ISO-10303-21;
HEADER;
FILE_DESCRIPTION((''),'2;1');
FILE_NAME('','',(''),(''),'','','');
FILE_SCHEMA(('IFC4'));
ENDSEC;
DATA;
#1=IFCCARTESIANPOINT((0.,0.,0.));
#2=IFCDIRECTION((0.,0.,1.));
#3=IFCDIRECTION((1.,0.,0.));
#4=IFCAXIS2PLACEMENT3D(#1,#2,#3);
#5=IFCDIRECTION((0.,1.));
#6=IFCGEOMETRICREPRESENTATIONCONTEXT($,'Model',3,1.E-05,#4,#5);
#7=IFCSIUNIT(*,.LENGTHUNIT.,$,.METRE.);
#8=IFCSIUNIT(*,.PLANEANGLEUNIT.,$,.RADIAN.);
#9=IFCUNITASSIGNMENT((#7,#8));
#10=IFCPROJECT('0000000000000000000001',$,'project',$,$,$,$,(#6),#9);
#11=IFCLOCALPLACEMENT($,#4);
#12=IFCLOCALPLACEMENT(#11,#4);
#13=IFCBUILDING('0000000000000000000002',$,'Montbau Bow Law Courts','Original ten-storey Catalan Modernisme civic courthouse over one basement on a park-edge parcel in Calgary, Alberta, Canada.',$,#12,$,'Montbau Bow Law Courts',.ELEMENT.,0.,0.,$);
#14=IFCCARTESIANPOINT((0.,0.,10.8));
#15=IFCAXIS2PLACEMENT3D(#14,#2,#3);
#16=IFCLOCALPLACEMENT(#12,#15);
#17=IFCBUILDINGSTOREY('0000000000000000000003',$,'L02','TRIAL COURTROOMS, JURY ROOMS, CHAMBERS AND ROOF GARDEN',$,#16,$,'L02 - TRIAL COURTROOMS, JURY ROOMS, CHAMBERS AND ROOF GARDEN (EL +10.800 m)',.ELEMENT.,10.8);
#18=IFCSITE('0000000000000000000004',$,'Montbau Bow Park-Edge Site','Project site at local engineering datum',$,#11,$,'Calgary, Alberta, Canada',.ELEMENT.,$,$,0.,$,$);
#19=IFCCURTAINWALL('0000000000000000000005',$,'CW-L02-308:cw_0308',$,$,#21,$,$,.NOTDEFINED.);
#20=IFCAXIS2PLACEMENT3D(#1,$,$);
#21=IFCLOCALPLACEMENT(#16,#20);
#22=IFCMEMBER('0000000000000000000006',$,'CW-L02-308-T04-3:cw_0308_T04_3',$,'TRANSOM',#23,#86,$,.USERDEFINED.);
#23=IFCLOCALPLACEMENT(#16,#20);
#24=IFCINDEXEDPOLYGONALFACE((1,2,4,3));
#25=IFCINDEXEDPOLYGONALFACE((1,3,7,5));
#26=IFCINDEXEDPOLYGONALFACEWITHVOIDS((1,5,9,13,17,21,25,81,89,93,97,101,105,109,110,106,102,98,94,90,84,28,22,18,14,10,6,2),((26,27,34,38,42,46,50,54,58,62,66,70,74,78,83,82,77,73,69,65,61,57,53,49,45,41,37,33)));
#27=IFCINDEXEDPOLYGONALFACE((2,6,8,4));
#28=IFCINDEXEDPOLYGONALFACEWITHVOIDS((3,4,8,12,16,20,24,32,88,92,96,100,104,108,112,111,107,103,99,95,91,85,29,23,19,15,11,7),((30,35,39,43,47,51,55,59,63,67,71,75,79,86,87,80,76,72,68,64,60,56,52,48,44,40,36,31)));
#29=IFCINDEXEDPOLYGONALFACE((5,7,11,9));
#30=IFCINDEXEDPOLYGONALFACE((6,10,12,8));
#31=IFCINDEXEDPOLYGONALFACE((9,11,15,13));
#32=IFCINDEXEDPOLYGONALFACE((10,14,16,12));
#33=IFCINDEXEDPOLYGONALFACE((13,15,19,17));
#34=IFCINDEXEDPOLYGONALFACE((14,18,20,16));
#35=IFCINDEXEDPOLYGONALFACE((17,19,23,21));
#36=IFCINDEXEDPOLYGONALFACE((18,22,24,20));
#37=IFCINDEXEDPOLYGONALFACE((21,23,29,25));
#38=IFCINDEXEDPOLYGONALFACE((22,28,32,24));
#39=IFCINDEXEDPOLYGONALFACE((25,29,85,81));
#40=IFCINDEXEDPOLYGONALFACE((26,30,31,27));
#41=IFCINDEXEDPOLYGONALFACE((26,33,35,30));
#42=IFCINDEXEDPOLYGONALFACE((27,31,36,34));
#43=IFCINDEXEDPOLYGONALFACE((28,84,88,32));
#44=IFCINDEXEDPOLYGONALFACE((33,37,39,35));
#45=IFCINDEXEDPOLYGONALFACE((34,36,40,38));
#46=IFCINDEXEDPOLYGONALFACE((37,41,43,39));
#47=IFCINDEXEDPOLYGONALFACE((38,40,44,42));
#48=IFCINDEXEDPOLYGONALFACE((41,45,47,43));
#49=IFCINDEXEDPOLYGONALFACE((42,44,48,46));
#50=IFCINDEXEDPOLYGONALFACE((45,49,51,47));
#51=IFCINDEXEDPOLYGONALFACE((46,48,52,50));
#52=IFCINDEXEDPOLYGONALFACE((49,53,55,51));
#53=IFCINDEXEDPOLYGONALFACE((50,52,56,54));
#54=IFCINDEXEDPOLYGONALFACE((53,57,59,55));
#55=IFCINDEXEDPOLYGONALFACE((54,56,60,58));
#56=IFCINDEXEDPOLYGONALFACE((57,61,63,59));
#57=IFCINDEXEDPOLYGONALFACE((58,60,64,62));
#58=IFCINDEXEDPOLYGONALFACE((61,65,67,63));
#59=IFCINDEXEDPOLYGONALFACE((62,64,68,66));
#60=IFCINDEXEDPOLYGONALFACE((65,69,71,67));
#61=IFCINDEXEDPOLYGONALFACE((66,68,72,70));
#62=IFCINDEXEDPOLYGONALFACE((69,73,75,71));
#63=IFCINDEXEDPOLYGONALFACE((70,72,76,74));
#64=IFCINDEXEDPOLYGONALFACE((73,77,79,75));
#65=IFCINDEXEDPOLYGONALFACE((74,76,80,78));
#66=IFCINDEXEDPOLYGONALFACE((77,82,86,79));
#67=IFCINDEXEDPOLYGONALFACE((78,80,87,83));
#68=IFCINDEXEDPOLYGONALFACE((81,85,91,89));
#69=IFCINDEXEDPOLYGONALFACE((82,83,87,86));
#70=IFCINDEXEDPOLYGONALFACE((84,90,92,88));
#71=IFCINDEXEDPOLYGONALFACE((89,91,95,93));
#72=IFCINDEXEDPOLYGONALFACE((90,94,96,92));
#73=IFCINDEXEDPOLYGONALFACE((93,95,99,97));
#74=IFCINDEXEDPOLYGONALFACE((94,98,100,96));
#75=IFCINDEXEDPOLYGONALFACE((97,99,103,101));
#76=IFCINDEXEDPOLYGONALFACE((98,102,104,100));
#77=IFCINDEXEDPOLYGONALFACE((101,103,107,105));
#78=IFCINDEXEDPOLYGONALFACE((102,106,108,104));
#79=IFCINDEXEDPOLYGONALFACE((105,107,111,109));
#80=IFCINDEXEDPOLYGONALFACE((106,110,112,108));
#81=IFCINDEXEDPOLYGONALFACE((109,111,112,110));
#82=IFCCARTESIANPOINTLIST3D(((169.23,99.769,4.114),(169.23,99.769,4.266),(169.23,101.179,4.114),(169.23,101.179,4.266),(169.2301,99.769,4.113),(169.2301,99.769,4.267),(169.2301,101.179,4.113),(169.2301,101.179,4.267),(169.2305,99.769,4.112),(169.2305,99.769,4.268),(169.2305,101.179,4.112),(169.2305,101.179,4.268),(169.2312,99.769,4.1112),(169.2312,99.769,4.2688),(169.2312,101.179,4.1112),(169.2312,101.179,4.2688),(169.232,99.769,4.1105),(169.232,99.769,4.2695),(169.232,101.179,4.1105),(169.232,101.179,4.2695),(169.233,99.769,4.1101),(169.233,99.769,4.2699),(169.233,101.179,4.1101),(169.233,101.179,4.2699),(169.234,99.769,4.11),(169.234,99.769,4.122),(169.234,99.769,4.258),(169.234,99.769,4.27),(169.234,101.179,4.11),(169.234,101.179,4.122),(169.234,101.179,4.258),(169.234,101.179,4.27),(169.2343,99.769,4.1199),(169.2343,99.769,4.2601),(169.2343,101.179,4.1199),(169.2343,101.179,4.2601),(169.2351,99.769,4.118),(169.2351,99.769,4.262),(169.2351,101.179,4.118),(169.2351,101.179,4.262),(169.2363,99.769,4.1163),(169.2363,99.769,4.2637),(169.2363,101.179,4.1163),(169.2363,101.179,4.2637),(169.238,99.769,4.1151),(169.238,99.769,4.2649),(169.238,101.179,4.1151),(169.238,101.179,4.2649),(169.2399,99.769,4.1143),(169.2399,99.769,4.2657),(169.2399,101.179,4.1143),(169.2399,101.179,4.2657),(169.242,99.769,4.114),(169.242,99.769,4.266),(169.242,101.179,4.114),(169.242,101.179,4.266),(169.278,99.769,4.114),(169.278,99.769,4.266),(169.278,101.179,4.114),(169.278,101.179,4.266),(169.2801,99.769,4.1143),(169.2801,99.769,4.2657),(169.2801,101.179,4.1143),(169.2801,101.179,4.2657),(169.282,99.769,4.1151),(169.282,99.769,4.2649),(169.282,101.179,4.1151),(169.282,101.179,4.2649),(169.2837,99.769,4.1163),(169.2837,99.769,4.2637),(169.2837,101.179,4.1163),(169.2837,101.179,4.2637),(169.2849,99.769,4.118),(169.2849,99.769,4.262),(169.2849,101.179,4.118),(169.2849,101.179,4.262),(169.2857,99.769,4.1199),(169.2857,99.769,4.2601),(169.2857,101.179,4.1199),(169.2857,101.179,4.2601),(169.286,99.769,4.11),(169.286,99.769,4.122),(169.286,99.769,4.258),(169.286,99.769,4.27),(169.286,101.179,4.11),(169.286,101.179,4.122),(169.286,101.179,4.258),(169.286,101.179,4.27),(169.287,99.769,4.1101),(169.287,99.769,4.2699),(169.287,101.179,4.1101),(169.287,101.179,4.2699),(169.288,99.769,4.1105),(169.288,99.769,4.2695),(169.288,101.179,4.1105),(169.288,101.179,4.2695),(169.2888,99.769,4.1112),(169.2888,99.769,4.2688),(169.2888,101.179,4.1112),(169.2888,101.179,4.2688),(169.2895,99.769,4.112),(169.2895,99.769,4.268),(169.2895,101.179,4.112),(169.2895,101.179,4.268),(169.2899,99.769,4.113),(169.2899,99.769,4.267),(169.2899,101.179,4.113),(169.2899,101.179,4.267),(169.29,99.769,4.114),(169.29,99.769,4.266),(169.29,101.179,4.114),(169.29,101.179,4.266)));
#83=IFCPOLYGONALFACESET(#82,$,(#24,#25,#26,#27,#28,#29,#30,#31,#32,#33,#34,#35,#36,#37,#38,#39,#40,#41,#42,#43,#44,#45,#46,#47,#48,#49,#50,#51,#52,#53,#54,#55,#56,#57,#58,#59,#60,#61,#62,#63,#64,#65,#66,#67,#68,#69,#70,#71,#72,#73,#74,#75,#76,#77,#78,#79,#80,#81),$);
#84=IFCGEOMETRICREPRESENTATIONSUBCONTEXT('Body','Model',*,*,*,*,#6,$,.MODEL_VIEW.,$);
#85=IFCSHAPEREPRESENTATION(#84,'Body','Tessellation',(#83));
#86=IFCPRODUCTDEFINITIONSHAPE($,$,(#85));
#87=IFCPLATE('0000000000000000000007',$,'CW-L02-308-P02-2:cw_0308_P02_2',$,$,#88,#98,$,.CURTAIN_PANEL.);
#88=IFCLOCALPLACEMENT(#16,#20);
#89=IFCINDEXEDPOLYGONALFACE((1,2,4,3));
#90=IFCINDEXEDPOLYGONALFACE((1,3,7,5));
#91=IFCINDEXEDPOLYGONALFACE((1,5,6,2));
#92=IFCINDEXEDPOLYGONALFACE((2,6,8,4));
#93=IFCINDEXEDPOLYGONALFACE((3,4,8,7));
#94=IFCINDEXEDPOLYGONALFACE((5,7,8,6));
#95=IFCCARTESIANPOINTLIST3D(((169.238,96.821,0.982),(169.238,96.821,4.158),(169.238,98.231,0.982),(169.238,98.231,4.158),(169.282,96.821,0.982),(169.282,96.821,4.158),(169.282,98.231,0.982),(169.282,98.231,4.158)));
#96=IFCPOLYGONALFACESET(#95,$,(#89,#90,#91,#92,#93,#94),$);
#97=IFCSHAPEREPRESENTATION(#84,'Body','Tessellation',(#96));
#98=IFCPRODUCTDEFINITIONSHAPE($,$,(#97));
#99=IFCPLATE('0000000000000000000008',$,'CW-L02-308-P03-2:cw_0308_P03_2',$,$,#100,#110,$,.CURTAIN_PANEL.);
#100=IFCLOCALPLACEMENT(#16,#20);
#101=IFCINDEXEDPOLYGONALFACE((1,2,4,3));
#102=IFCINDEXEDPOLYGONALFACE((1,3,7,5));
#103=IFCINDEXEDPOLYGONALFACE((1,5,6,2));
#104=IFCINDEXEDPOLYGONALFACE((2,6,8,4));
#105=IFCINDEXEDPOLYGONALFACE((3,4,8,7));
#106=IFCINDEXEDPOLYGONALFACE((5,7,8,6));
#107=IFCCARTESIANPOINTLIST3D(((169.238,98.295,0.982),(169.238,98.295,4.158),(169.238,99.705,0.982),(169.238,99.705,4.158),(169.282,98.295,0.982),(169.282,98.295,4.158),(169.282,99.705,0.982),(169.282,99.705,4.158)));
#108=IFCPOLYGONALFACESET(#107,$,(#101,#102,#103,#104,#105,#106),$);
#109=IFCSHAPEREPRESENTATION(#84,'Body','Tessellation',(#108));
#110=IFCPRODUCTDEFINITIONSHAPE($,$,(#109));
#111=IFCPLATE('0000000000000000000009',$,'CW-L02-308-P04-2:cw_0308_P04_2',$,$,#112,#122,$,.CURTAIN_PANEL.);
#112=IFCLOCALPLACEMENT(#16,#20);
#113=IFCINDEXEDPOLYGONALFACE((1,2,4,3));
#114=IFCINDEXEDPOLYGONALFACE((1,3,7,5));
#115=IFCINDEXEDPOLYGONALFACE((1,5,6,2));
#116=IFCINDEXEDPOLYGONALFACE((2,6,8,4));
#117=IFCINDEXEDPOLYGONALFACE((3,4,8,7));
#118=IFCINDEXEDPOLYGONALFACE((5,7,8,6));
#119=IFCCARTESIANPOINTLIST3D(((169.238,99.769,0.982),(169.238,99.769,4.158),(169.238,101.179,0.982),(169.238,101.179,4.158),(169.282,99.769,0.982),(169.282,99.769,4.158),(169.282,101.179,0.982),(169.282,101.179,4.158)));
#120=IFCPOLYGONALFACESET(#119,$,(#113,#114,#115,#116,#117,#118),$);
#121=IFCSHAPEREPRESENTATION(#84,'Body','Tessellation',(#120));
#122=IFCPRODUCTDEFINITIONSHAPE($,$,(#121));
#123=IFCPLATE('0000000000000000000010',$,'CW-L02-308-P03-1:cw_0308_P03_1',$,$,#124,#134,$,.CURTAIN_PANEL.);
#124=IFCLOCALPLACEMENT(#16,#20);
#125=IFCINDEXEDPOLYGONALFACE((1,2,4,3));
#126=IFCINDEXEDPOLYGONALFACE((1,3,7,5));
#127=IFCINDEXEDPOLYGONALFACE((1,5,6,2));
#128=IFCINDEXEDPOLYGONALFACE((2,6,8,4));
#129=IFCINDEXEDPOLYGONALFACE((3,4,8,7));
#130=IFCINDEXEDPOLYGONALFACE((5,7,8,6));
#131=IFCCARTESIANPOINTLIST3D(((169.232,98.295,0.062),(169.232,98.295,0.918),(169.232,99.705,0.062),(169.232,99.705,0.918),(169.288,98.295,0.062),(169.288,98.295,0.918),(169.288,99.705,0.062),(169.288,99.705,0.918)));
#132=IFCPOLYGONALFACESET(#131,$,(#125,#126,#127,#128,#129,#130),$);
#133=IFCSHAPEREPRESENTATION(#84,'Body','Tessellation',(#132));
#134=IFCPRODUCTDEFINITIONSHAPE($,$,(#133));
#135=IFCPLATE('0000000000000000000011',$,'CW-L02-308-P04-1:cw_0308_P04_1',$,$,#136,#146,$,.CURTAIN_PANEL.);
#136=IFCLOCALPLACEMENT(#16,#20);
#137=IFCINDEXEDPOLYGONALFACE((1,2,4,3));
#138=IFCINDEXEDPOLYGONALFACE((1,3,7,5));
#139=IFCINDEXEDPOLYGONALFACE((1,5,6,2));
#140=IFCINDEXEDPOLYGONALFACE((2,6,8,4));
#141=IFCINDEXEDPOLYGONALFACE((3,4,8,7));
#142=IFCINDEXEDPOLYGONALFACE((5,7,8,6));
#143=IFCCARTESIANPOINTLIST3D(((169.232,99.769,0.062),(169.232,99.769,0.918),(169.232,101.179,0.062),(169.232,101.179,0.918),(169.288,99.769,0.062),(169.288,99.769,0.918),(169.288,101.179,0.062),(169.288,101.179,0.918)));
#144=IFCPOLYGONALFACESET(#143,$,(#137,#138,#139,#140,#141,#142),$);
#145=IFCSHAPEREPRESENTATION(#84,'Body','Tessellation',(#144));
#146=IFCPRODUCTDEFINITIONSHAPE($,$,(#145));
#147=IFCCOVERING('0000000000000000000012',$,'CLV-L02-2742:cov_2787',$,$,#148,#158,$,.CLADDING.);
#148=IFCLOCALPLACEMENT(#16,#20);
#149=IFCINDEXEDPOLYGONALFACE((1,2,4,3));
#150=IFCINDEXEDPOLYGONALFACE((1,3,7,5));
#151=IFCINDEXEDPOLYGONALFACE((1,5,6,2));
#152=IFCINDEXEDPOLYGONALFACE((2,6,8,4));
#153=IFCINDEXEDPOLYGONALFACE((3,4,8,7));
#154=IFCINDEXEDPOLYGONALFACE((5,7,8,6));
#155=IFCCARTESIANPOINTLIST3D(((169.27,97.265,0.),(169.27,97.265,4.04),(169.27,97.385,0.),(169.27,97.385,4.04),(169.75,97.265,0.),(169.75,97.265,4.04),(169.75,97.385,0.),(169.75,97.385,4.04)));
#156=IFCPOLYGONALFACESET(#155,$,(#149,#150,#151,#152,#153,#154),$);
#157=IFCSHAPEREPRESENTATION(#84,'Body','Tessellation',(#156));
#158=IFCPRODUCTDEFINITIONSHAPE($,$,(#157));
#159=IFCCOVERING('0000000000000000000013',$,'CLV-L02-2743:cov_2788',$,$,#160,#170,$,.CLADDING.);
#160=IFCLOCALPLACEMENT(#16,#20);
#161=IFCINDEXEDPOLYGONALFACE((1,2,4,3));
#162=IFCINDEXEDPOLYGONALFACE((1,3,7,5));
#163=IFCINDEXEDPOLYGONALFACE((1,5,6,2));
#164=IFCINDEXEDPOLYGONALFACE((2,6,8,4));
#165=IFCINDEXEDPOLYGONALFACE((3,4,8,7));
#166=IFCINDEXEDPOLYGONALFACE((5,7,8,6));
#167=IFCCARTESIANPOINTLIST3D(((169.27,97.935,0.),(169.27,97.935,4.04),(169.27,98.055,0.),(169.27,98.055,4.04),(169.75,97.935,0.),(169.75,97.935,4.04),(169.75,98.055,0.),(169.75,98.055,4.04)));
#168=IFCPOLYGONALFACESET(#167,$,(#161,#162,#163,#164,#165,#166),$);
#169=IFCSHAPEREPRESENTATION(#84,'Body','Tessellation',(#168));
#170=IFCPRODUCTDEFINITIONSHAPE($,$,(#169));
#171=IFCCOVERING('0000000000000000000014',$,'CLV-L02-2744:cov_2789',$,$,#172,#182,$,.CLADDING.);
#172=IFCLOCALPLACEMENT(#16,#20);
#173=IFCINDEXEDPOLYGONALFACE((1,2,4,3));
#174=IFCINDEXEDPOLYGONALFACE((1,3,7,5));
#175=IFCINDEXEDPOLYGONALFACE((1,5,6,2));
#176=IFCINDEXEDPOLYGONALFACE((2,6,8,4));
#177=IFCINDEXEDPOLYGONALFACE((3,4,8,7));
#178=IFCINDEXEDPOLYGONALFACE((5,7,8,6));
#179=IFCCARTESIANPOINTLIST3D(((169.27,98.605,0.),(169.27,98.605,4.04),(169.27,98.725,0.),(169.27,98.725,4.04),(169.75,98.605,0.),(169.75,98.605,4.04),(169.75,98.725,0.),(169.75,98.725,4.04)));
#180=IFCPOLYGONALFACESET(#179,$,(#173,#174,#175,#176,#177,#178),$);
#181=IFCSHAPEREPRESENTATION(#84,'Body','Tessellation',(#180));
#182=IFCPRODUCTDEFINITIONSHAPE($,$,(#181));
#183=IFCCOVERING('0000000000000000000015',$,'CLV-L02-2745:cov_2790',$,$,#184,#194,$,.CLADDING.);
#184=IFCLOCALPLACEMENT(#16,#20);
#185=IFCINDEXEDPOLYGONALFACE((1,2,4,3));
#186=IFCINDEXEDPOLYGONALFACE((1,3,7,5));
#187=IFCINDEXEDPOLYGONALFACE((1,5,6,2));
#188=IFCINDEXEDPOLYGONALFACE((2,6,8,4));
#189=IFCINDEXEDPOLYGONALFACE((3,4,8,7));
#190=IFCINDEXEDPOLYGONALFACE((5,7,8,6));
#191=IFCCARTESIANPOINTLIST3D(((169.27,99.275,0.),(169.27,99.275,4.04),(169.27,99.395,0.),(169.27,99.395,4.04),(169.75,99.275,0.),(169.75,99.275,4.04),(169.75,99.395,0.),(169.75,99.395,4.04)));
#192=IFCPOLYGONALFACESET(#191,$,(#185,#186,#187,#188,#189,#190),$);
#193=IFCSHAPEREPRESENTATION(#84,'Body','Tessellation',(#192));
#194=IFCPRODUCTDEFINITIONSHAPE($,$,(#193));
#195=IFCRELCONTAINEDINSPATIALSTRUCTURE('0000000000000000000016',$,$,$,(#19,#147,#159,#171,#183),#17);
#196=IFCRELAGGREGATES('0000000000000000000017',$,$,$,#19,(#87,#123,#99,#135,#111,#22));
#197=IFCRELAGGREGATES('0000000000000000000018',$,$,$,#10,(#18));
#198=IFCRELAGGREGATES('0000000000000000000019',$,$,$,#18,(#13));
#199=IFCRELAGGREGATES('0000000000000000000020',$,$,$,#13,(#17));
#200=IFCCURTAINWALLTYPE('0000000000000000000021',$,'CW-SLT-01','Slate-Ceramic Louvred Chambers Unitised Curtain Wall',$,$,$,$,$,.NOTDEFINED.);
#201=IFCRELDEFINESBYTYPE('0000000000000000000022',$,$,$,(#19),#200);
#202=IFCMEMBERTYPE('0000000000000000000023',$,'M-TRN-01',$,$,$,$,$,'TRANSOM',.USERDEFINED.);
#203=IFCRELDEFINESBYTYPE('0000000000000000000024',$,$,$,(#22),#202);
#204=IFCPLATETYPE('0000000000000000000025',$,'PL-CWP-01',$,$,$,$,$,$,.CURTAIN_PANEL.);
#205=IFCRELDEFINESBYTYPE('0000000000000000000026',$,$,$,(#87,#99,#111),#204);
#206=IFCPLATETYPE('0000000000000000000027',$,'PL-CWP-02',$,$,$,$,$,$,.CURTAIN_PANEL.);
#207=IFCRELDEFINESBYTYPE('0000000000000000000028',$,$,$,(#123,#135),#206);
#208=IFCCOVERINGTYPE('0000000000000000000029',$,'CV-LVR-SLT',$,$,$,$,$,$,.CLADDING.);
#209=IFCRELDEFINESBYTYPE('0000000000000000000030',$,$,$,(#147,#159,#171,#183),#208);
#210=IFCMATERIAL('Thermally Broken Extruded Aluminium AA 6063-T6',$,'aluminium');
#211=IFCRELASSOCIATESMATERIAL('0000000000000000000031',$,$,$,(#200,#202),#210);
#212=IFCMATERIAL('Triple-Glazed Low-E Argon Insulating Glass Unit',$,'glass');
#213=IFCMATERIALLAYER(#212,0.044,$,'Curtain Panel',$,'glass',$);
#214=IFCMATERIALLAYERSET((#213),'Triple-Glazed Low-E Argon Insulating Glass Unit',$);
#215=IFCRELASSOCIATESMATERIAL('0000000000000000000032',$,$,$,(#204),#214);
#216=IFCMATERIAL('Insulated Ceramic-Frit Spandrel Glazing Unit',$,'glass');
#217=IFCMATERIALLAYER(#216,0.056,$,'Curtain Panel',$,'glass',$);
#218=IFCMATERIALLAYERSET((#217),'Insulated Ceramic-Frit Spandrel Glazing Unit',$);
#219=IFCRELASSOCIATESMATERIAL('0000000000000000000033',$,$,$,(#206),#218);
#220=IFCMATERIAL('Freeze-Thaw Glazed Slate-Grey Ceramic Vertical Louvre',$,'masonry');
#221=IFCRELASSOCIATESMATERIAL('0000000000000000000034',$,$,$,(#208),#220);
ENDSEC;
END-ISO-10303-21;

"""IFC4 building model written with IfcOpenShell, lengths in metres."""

from ifc_helpers import new_model, si_unit, direction, frame, frame_2d, origin_with_axes, origin_2d_with_axis, place, context, subcontext, project, spatial, rectangle, hollow_rectangle, extrude, material, layer, layer_set, material_profile, profile_set, type_object, element, aggregate, save


model = new_model("IFC4")

# Units and contexts
model_context = context("Model", 3, precision=1e-05, world=origin_with_axes(), true_north=direction((0.0, 1.0)))
body_context = subcontext(model_context, "Body", "Model", "MODEL_VIEW")
ifc_project = project(units=[si_unit("LENGTHUNIT", "METRE"), si_unit("PLANEANGLEUNIT", "RADIAN")], contexts=[model_context])

# Site, building, storey
site_placement = place(None, origin_with_axes())
site = spatial("IfcSite", under=ifc_project, at=site_placement, Name="Montbau Bow Park-Edge Site", Description="Project site at local engineering datum", LongName="Calgary, Alberta, Canada", CompositionType="ELEMENT", RefElevation=0.0)
building_placement = place(site_placement, origin_with_axes())
building = spatial("IfcBuilding", under=site, at=building_placement, Name="Montbau Bow Law Courts", Description="Original ten-storey Catalan Modernisme civic courthouse over one basement on a park-edge parcel in Calgary, Alberta, Canada.", LongName="Montbau Bow Law Courts", CompositionType="ELEMENT", ElevationOfRefHeight=0.0, ElevationOfTerrain=0.0)
storey_placement = place(building_placement, frame((0.0, 0.0, 10.8), z_axis=(0.0, 0.0, 1.0), x_axis=(1.0, 0.0, 0.0)))
storey = spatial("IfcBuildingStorey", under=building, at=storey_placement, Name="L02", Description="TRIAL COURTROOMS, JURY ROOMS, CHAMBERS AND ROOF GARDEN", LongName="L02 - TRIAL COURTROOMS, JURY ROOMS, CHAMBERS AND ROOF GARDEN (EL +10.800 m)", CompositionType="ELEMENT", Elevation=10.8)

# Curtain wall, member, plates
ifc_material_1 = material(Name="Thermally Broken Extruded Aluminium AA 6063-T6", Category="aluminium")
curtain_wall_type = type_object("IfcCurtainWallType", Name="CW-SLT-01", Description="Slate-Ceramic Louvred Chambers Unitised Curtain Wall", PredefinedType="NOTDEFINED", material=ifc_material_1)
curtain_wall_placement = place(None, frame((169.26, 95.315, 10.8), z_axis=(0.0, 0.0, 1.0), x_axis=(1.0, 0.0, 0.0)))
curtain_wall = element("IfcCurtainWall", 1, at=curtain_wall_placement, inside=storey, type_object=curtain_wall_type, Name="CW-L02-308:cw_0308", PredefinedType="NOTDEFINED")
ifc_material_profile_1 = material_profile(ifc_material_1, hollow_rectangle(XDim=0.06, YDim=0.16, WallThickness=0.004, InnerFilletRadius=0.008, OuterFilletRadius=0.004, at=origin_2d_with_axis()), Name="CWT-160X60", Category="Main", Priority=0)
ifc_profile_set_1 = profile_set([ifc_material_profile_1], Name="Thermally Broken Extruded Aluminium AA 6063-T6")
member_type_1 = type_object("IfcMemberType", Name="M-TRN-01", ElementType="TRANSOM", PredefinedType="USERDEFINED", material=ifc_profile_set_1)
member_1_placement = place(None, frame((169.26, 99.769, 14.99), z_axis=(0.0, 1.0, 0.0), x_axis=(-1.0, 0.0, 0.0)))
member_1 = element("IfcMember", 2, at=member_1_placement, type_object=member_type_1, Name="CW-L02-308-T04-3:cw_0308_T04_3", ObjectType="TRANSOM", PredefinedType="USERDEFINED", context=body_context, shape_type="SweptSolid", body=[
    extrude(hollow_rectangle(XDim=0.06, YDim=0.16, WallThickness=0.004, InnerFilletRadius=0.008, OuterFilletRadius=0.004, at=origin_2d_with_axis()), origin_with_axes(), (0.0, 0.0, 1.0), 1.41),
])
ifc_material_2 = material(Name="Triple-Glazed Low-E Argon Insulating Glass Unit", Category="glass")
ifc_layer_1 = layer(ifc_material_2, 0.044, Name="Curtain Panel", Category="glass")
ifc_layer_set_1 = layer_set([ifc_layer_1], Name="Triple-Glazed Low-E Argon Insulating Glass Unit")
plate_type_1 = type_object("IfcPlateType", Name="PL-CWP-01", PredefinedType="CURTAIN_PANEL", material=ifc_layer_set_1)
plate_1_placement = place(None, frame((169.26, 96.821, 11.782), z_axis=(1.0, 0.0, 0.0), x_axis=(0.0, 1.0, 0.0)))
plate_1 = element("IfcPlate", 3, at=plate_1_placement, type_object=plate_type_1, Name="CW-L02-308-P02-2:cw_0308_P02_2", PredefinedType="CURTAIN_PANEL", context=body_context, shape_type="SweptSolid", body=[
    extrude(rectangle(XDim=1.41, YDim=3.176, at=frame_2d((0.705, 1.588), x_axis=(1.0, 0.0))), frame((0.0, 0.0, -0.022), z_axis=(0.0, 0.0, 1.0), x_axis=(1.0, 0.0, 0.0)), (0.0, 0.0, 1.0), 0.044),
])
plate_2_placement = place(None, frame((169.26, 98.295, 11.782), z_axis=(1.0, 0.0, 0.0), x_axis=(0.0, 1.0, 0.0)))
plate_2 = element("IfcPlate", 4, at=plate_2_placement, type_object=plate_type_1, Name="CW-L02-308-P03-2:cw_0308_P03_2", PredefinedType="CURTAIN_PANEL", context=body_context, shape_type="SweptSolid", body=[
    extrude(rectangle(XDim=1.41, YDim=3.176, at=frame_2d((0.705, 1.588), x_axis=(1.0, 0.0))), frame((0.0, 0.0, -0.022), z_axis=(0.0, 0.0, 1.0), x_axis=(1.0, 0.0, 0.0)), (0.0, 0.0, 1.0), 0.044),
])
plate_3_placement = place(None, frame((169.26, 99.769, 11.782), z_axis=(1.0, 0.0, 0.0), x_axis=(0.0, 1.0, 0.0)))
plate_3 = element("IfcPlate", 5, at=plate_3_placement, type_object=plate_type_1, Name="CW-L02-308-P04-2:cw_0308_P04_2", PredefinedType="CURTAIN_PANEL", context=body_context, shape_type="SweptSolid", body=[
    extrude(rectangle(XDim=1.41, YDim=3.176, at=frame_2d((0.705, 1.588), x_axis=(1.0, 0.0))), frame((0.0, 0.0, -0.022), z_axis=(0.0, 0.0, 1.0), x_axis=(1.0, 0.0, 0.0)), (0.0, 0.0, 1.0), 0.044),
])
ifc_material_3 = material(Name="Insulated Ceramic-Frit Spandrel Glazing Unit", Category="glass")
ifc_layer_2 = layer(ifc_material_3, 0.056, Name="Curtain Panel", Category="glass")
ifc_layer_set_2 = layer_set([ifc_layer_2], Name="Insulated Ceramic-Frit Spandrel Glazing Unit")
plate_type_2 = type_object("IfcPlateType", Name="PL-CWP-02", PredefinedType="CURTAIN_PANEL", material=ifc_layer_set_2)
plate_4_placement = place(None, frame((169.26, 98.295, 10.862), z_axis=(1.0, 0.0, 0.0), x_axis=(0.0, 1.0, 0.0)))
plate_4 = element("IfcPlate", 6, at=plate_4_placement, type_object=plate_type_2, Name="CW-L02-308-P03-1:cw_0308_P03_1", PredefinedType="CURTAIN_PANEL", context=body_context, shape_type="SweptSolid", body=[
    extrude(rectangle(XDim=1.41, YDim=0.856, at=frame_2d((0.705, 0.428), x_axis=(1.0, 0.0))), frame((0.0, 0.0, -0.028), z_axis=(0.0, 0.0, 1.0), x_axis=(1.0, 0.0, 0.0)), (0.0, 0.0, 1.0), 0.056),
])
plate_5_placement = place(None, frame((169.26, 99.769, 10.862), z_axis=(1.0, 0.0, 0.0), x_axis=(0.0, 1.0, 0.0)))
plate_5 = element("IfcPlate", 7, at=plate_5_placement, type_object=plate_type_2, Name="CW-L02-308-P04-1:cw_0308_P04_1", PredefinedType="CURTAIN_PANEL", context=body_context, shape_type="SweptSolid", body=[
    extrude(rectangle(XDim=1.41, YDim=0.856, at=frame_2d((0.705, 0.428), x_axis=(1.0, 0.0))), frame((0.0, 0.0, -0.028), z_axis=(0.0, 0.0, 1.0), x_axis=(1.0, 0.0, 0.0)), (0.0, 0.0, 1.0), 0.056),
])
aggregate(curtain_wall, [plate_1, plate_4, plate_2, plate_5, plate_3, member_1])

# Coverings
ifc_material_4 = material(Name="Freeze-Thaw Glazed Slate-Grey Ceramic Vertical Louvre", Category="masonry")
covering_type = type_object("IfcCoveringType", Name="CV-LVR-SLT", PredefinedType="CLADDING", material=ifc_material_4)
for number, where, z_axis, x_axis, name in (
    (8, (169.27, 97.325, 10.8), (0.0, -1.0, 0.0), (1.0, 0.0, 0.0), "CLV-L02-2742:cov_2787"),
    (9, (169.27, 97.995, 10.8), (0.0, -1.0, 0.0), (1.0, 0.0, 0.0), "CLV-L02-2743:cov_2788"),
    (10, (169.27, 98.665, 10.8), (0.0, -1.0, 0.0), (1.0, 0.0, 0.0), "CLV-L02-2744:cov_2789"),
    (11, (169.27, 99.335, 10.8), (0.0, -1.0, 0.0), (1.0, 0.0, 0.0), "CLV-L02-2745:cov_2790"),
):
    element("IfcCovering", number, at=place(None, frame(where, z_axis=z_axis, x_axis=x_axis)), inside=storey, type_object=covering_type, Name=name, PredefinedType="CLADDING", context=body_context, shape_type="SweptSolid", body=[
        extrude(rectangle(XDim=0.48, YDim=4.04, at=frame_2d((0.24, 2.02), x_axis=(1.0, 0.0))), frame((0.0, 0.0, -0.06), z_axis=(0.0, 0.0, 1.0), x_axis=(1.0, 0.0, 0.0)), (0.0, 0.0, 1.0), 0.12),
    ])

save(model, "model.ifc")
